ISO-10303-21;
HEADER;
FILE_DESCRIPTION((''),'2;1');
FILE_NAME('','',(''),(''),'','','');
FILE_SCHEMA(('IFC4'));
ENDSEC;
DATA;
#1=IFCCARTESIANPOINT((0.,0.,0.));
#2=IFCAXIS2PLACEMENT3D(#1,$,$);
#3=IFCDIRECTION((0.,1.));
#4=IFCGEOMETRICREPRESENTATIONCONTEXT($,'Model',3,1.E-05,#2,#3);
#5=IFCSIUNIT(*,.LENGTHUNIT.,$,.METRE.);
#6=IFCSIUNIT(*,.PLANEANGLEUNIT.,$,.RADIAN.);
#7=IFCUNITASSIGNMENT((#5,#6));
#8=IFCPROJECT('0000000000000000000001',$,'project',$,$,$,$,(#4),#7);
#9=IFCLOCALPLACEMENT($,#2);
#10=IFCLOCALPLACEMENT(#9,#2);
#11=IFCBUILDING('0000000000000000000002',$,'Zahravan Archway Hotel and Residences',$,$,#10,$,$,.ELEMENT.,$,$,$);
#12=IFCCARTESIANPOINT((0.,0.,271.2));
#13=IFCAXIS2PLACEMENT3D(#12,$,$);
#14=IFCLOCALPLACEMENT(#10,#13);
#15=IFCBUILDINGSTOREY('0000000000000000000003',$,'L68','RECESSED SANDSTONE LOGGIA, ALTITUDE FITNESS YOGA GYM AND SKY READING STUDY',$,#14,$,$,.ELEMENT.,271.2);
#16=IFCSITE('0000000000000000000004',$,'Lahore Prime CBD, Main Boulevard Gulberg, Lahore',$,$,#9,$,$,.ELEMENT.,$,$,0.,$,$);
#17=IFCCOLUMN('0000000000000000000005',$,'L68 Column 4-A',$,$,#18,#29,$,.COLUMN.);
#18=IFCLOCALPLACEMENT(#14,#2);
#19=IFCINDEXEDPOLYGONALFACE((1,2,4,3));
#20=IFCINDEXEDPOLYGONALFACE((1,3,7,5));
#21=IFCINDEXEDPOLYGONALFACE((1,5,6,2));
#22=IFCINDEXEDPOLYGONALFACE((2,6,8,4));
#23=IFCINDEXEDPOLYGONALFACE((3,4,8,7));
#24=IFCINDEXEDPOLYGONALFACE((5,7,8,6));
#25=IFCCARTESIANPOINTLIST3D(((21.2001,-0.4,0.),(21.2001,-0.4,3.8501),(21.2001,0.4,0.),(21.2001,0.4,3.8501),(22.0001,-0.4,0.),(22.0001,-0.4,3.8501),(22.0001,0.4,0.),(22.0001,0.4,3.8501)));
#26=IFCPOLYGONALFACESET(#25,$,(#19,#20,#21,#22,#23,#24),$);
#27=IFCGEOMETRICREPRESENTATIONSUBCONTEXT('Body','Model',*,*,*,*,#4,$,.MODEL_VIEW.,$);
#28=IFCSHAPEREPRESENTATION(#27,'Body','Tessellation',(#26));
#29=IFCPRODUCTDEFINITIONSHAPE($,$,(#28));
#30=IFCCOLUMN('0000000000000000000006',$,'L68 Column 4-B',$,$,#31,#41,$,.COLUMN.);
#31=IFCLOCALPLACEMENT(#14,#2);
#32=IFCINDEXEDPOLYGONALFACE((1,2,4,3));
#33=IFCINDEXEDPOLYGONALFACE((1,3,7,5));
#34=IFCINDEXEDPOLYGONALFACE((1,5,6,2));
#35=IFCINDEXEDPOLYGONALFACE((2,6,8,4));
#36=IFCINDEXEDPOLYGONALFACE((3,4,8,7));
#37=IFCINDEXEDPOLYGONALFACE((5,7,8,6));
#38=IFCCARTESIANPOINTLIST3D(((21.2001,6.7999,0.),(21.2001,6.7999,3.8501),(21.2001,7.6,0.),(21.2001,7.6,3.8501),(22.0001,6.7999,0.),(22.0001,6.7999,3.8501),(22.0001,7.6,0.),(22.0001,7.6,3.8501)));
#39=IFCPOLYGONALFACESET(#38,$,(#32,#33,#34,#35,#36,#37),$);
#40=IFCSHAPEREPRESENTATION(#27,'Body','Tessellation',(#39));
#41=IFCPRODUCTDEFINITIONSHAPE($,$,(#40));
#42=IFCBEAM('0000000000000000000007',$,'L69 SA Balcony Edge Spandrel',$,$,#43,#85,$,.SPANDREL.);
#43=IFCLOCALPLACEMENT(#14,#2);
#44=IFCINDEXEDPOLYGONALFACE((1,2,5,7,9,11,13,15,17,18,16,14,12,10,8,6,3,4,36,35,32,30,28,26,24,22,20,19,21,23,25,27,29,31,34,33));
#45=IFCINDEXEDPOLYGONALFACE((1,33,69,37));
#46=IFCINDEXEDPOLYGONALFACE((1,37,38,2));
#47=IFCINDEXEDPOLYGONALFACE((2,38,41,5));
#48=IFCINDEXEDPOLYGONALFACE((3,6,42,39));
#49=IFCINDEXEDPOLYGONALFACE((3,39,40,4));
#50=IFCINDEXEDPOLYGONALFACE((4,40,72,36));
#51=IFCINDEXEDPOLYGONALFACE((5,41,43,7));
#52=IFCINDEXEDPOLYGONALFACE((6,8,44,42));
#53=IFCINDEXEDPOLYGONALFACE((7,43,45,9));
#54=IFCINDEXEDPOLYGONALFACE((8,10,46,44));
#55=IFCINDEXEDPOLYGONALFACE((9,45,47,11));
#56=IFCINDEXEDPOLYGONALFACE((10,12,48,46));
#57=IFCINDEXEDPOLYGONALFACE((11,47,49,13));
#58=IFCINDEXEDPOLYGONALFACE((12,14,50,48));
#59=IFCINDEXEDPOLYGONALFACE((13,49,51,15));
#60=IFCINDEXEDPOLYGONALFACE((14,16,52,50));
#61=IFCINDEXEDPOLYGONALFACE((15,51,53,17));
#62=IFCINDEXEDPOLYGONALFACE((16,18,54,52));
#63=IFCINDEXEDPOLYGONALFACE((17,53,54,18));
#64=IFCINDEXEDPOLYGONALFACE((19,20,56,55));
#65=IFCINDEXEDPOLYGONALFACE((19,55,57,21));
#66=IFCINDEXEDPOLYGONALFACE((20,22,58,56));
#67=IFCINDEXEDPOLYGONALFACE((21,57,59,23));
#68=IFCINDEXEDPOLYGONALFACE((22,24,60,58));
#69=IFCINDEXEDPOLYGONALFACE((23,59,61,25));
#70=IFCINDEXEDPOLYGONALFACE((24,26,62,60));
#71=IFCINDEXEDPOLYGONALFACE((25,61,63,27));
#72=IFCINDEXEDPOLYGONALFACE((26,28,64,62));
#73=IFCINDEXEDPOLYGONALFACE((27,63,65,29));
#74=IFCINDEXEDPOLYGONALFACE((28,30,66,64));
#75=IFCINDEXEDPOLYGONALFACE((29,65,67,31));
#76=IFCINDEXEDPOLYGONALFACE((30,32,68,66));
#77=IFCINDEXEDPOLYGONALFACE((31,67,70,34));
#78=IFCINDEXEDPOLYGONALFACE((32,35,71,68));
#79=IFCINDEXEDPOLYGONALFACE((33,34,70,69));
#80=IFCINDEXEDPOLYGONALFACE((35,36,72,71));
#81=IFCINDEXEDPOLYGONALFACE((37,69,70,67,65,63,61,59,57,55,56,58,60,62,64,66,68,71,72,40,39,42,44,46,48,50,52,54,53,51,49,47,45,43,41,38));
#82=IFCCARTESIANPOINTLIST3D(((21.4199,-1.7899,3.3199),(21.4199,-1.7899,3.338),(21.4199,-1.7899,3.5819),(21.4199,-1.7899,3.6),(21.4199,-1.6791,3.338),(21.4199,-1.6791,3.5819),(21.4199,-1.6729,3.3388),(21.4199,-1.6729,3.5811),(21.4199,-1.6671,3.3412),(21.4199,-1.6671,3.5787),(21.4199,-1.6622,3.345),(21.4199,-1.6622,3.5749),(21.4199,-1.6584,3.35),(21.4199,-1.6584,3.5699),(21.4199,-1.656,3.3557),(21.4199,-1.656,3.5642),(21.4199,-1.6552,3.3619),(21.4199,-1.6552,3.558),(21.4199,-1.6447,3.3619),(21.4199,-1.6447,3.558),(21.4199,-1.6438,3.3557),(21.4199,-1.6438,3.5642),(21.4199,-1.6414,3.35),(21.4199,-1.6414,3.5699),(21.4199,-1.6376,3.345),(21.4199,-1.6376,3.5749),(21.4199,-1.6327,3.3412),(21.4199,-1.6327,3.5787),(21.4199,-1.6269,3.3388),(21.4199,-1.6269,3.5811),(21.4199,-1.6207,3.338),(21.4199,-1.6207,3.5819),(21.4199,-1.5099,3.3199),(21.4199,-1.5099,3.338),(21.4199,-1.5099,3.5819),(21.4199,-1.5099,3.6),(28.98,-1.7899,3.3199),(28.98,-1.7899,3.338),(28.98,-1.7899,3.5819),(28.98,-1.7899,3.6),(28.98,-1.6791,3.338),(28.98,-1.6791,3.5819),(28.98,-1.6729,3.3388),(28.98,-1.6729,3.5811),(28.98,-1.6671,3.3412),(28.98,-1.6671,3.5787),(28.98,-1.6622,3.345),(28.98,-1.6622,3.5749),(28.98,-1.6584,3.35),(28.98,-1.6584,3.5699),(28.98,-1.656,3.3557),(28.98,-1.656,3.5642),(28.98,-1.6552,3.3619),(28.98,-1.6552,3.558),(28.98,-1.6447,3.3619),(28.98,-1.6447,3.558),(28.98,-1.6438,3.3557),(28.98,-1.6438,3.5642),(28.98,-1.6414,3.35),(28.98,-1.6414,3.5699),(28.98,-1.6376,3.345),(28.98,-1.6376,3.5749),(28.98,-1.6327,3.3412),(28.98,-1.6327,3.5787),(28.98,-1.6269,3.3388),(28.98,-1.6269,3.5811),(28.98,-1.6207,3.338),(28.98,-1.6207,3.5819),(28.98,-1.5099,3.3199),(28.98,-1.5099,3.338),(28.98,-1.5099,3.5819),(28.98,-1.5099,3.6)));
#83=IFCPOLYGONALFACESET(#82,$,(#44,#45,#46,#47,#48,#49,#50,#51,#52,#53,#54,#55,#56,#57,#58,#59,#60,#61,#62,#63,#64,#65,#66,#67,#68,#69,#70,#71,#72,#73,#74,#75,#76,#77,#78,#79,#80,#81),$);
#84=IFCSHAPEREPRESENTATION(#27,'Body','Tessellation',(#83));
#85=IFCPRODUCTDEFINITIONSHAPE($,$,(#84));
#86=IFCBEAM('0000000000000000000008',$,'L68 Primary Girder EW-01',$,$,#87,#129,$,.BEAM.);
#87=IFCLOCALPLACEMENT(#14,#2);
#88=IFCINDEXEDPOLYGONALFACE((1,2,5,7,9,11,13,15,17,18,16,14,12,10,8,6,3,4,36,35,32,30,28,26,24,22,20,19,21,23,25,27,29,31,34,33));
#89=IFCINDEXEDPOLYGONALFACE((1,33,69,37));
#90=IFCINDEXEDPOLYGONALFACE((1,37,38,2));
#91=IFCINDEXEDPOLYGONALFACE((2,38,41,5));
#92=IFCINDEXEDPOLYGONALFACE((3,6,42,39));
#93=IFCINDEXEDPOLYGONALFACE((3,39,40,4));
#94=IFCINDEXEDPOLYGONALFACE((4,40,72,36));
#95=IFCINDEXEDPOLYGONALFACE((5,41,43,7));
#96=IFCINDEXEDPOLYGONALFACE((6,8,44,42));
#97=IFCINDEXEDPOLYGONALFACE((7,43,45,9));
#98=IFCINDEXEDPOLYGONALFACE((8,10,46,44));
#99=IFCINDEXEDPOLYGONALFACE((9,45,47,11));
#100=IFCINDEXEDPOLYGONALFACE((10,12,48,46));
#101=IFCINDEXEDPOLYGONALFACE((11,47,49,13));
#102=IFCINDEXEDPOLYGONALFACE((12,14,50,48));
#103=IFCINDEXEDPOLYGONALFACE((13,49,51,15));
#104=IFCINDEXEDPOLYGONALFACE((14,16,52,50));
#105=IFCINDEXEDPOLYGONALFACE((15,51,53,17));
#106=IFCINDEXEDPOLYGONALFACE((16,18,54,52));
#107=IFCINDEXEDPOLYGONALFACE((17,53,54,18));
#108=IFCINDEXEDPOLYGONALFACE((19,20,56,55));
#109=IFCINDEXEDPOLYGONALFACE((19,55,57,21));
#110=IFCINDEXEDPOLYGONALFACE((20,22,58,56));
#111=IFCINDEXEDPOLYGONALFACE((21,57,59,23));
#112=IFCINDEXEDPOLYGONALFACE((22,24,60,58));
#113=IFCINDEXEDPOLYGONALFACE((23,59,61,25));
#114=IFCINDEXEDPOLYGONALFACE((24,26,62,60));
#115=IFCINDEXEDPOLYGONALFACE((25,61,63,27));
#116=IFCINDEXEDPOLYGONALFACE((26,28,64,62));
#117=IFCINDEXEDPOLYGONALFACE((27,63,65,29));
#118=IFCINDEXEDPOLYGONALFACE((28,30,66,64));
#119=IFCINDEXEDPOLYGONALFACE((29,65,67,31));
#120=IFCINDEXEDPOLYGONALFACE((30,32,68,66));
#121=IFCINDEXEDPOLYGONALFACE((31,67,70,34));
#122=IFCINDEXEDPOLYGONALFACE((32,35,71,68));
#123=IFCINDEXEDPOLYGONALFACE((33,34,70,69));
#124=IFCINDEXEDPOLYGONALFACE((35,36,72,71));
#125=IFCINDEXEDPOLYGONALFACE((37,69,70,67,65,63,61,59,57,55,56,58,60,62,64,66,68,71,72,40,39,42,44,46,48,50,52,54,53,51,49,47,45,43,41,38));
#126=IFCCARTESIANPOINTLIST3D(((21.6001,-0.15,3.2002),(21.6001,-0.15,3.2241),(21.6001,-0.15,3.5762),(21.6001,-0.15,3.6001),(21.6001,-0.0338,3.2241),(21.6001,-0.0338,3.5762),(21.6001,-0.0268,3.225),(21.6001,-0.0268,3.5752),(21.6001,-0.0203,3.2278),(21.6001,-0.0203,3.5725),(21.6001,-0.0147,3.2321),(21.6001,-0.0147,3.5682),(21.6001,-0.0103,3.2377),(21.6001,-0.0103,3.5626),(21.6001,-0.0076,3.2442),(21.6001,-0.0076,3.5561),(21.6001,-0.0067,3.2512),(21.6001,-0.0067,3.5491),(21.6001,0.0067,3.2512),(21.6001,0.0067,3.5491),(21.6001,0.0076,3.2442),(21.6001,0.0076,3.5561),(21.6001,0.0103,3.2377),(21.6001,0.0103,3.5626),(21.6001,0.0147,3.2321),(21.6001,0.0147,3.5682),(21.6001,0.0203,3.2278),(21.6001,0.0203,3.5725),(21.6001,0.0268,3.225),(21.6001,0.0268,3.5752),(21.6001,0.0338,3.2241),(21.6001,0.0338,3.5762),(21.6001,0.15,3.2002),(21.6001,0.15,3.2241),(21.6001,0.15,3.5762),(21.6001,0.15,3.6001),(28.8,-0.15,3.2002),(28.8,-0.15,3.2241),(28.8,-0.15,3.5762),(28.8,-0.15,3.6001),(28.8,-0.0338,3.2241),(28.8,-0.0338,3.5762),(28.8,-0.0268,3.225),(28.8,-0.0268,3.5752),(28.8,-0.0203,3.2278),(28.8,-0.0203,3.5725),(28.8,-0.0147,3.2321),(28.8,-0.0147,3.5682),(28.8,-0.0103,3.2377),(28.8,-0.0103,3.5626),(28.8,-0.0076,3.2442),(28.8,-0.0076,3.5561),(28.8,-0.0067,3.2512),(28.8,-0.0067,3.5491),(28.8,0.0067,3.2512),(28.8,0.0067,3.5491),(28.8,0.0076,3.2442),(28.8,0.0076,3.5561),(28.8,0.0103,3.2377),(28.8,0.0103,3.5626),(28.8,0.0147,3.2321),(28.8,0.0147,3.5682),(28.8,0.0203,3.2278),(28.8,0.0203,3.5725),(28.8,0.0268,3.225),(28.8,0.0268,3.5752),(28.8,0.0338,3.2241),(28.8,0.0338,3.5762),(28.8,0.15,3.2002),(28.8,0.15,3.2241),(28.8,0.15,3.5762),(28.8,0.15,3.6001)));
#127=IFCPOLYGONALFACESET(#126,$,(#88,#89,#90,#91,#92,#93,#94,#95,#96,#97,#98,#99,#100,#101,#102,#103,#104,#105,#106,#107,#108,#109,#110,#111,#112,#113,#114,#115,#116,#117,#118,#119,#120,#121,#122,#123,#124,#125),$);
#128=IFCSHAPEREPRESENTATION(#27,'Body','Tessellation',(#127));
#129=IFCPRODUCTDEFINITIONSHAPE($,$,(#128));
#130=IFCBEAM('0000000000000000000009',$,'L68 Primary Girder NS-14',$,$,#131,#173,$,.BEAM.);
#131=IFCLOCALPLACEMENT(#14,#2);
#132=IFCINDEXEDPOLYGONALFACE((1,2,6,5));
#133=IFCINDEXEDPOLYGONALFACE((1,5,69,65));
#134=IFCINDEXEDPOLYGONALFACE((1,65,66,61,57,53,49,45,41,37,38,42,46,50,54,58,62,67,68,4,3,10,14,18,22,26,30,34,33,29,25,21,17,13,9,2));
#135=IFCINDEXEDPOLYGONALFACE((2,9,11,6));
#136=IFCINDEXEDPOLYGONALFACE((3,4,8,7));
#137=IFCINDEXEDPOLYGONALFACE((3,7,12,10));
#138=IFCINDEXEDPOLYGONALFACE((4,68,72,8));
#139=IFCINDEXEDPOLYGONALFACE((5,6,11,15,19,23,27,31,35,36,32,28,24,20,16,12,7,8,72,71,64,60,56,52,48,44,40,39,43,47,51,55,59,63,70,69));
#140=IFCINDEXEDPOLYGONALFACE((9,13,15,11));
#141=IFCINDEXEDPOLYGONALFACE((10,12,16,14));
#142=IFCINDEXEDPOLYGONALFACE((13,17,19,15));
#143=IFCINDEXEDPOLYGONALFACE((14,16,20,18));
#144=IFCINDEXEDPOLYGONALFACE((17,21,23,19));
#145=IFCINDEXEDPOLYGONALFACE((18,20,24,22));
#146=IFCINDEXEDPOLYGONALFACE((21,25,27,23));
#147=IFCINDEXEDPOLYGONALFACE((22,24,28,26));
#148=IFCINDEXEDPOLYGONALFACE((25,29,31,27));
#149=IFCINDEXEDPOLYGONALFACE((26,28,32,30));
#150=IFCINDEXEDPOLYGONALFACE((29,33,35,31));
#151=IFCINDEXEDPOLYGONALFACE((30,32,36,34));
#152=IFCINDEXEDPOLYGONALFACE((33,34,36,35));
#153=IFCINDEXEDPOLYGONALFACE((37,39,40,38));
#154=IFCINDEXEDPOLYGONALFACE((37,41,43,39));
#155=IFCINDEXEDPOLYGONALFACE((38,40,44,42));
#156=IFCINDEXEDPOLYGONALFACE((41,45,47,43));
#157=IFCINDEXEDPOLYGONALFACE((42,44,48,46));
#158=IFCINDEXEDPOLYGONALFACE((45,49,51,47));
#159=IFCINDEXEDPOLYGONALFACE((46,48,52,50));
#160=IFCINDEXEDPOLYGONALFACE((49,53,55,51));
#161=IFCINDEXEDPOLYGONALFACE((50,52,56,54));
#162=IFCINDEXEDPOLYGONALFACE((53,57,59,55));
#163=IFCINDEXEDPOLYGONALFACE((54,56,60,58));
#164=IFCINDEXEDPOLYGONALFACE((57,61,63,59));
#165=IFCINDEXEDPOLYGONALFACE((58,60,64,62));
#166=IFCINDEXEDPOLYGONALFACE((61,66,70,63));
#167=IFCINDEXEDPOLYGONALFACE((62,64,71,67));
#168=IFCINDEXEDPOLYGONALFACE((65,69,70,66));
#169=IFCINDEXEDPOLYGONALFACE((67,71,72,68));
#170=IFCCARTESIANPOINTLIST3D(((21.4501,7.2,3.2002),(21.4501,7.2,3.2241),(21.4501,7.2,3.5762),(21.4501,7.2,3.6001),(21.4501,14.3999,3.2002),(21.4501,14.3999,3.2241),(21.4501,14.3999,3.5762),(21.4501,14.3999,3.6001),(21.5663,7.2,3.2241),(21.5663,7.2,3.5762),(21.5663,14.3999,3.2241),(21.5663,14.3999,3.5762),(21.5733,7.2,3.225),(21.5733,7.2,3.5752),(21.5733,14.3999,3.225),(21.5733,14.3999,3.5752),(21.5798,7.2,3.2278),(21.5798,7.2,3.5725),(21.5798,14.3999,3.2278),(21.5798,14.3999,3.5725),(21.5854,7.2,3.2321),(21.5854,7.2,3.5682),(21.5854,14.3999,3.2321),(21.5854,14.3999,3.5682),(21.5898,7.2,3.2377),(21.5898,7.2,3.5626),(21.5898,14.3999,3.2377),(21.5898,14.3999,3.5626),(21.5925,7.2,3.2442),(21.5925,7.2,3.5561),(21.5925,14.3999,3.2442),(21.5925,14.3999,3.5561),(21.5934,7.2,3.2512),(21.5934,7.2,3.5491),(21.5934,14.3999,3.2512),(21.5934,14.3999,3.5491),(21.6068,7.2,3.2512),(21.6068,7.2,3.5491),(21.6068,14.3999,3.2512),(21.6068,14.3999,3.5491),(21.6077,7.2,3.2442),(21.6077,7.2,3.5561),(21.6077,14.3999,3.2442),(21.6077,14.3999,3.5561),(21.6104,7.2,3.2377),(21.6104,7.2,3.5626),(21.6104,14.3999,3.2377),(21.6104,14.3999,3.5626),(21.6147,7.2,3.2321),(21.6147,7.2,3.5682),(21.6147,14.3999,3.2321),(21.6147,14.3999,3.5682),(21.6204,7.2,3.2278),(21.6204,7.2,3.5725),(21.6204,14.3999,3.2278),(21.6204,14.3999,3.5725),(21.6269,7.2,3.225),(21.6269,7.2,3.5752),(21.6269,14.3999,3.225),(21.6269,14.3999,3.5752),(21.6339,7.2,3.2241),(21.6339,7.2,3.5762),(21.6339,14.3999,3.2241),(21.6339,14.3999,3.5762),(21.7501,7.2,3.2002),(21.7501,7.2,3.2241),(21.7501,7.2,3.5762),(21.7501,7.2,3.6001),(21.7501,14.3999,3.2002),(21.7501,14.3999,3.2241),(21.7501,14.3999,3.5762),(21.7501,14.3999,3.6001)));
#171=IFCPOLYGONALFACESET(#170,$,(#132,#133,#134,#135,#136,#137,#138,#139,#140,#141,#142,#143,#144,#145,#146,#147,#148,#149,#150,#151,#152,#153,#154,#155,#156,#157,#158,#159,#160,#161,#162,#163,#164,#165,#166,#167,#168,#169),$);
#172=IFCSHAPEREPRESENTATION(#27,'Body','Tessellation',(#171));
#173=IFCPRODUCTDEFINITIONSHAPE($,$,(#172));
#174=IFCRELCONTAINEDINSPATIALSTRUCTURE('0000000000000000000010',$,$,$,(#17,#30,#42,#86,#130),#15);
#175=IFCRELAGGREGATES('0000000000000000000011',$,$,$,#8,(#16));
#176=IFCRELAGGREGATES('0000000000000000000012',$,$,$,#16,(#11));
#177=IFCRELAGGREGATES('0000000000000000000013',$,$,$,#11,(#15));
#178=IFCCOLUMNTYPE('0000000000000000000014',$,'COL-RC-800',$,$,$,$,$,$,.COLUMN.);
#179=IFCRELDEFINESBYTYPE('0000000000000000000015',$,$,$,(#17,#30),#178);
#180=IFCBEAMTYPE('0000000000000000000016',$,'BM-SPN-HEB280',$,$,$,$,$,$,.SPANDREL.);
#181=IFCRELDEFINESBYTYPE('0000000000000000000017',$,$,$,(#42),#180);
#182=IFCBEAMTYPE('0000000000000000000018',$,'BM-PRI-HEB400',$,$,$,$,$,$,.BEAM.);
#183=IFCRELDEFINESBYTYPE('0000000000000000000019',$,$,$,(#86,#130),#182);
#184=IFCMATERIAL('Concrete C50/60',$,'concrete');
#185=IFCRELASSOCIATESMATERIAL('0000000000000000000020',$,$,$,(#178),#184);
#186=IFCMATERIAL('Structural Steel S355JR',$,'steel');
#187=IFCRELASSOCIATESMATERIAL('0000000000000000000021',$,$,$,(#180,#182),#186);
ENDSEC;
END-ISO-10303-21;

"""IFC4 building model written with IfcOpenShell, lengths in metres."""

from ifc_helpers import new_model, si_unit, direction, frame, origin, origin_2d, place, context, subcontext, project, spatial, rectangle, i_section, extrude, source, transform, mapped, material, material_profile, profile_set, type_object, type_shapes, element, save


model = new_model("IFC4")

# Units and contexts
model_context = context("Model", 3, precision=1e-05, world=origin(), true_north=direction((0.0, 1.0)))
body_context = subcontext(model_context, "Body", "Model", "MODEL_VIEW")
ifc_project = project(units=[si_unit("LENGTHUNIT", "METRE"), si_unit("PLANEANGLEUNIT", "RADIAN")], contexts=[model_context])

# Site, building, storey
site_placement = place(None, origin())
site = spatial("IfcSite", under=ifc_project, at=site_placement, Name="Lahore Prime CBD, Main Boulevard Gulberg, Lahore", CompositionType="ELEMENT", RefElevation=0.0)
building_placement = place(site_placement, origin())
building = spatial("IfcBuilding", under=site, at=building_placement, Name="Zahravan Archway Hotel and Residences", CompositionType="ELEMENT")
storey_placement = place(building_placement, frame((0.0, 0.0, 271.2)))
storey = spatial("IfcBuildingStorey", under=building, at=storey_placement, Name="L68", Description="RECESSED SANDSTONE LOGGIA, ALTITUDE FITNESS YOGA GYM AND SKY READING STUDY", CompositionType="ELEMENT", Elevation=271.2)

# Columns
ifc_material_1 = material(Name="Concrete C50/60", Category="concrete")
ifc_material_profile_1 = material_profile(ifc_material_1, rectangle(XDim=0.8, YDim=0.8, at=origin_2d()), Name="RC-COL-800x800", Category="concrete")
ifc_profile_set_1 = profile_set([ifc_material_profile_1], Name="Concrete C50/60")
column_type = type_object("IfcColumnType", Name="COL-RC-800", PredefinedType="COLUMN", material=ifc_profile_set_1)
shared_shape_1 = source(origin(), body_context, "Body", "SweptSolid", [
    extrude(rectangle(XDim=0.8, YDim=0.8, at=origin_2d()), origin(), (0.0, 0.0, 1.0), 3.8501),
])
for number, where, z_axis, x_axis, name in (
    (1, (21.6001, 0.0, 0.0), (0.0, 0.0, 1.0), (1.0, 0.0, 0.0), "L68 Column 4-A"),
    (2, (21.6001, 7.2, 0.0), (0.0, 0.0, 1.0), (1.0, 0.0, 0.0), "L68 Column 4-B"),
):
    element("IfcColumn", number, at=place(storey_placement, frame(where, z_axis=z_axis, x_axis=x_axis)), inside=storey, type_object=column_type, Name=name, PredefinedType="COLUMN", context=body_context, shape_type="MappedRepresentation", body=[
        mapped(shared_shape_1, transform((0.0, 0.0, 0.0), scale=1.0)),
    ])

# Beams
ifc_material_2 = material(Name="Structural Steel S355JR", Category="steel")
ifc_material_profile_2 = material_profile(ifc_material_2, i_section(OverallWidth=0.28, OverallDepth=0.28, WebThickness=0.0105, FlangeThickness=0.0181, FilletRadius=0.0239, at=origin_2d()), Name="HEB 280", Category="steel")
ifc_profile_set_2 = profile_set([ifc_material_profile_2], Name="Structural Steel S355JR")
beam_type_1 = type_object("IfcBeamType", Name="BM-SPN-HEB280", PredefinedType="SPANDREL", material=ifc_profile_set_2)
shared_shape_2 = source(origin(), body_context, "Body", "SweptSolid", [
    extrude(i_section(OverallWidth=0.28, OverallDepth=0.28, WebThickness=0.0105, FlangeThickness=0.0181, FilletRadius=0.0239, at=origin_2d()), origin(), (0.0, 0.0, 1.0), 7.5601),
])
type_shapes(beam_type_1, [shared_shape_2])
beam_1_placement = place(storey_placement, frame((21.4199, -1.6499, 3.46), z_axis=(1.0, 0.0, 0.0), x_axis=(0.0, 1.0, 0.0)))
element("IfcBeam", 3, at=beam_1_placement, inside=storey, type_object=beam_type_1, Name="L69 SA Balcony Edge Spandrel", PredefinedType="SPANDREL", context=body_context, shape_type="MappedRepresentation", body=[
    mapped(shared_shape_2, transform((0.0, 0.0, 0.0), scale=1.0)),
])
ifc_material_profile_3 = material_profile(ifc_material_2, i_section(OverallWidth=0.3, OverallDepth=0.3999, WebThickness=0.0134, FlangeThickness=0.0239, FilletRadius=0.0271, at=origin_2d()), Name="HEB 400", Category="steel")
ifc_profile_set_3 = profile_set([ifc_material_profile_3], Name="Structural Steel S355JR")
beam_type_2 = type_object("IfcBeamType", Name="BM-PRI-HEB400", PredefinedType="BEAM", material=ifc_profile_set_3)
shared_shape_3 = source(origin(), body_context, "Body", "SweptSolid", [
    extrude(i_section(OverallWidth=0.3, OverallDepth=0.3999, WebThickness=0.0134, FlangeThickness=0.0239, FilletRadius=0.0271, at=origin_2d()), origin(), (0.0, 0.0, 1.0), 7.2),
])
type_shapes(beam_type_2, [shared_shape_3])
for number, where, z_axis, x_axis, name in (
    (4, (21.6001, 0.0, 3.4001), (1.0, 0.0, 0.0), (0.0, 1.0, 0.0), "L68 Primary Girder EW-01"),
    (5, (21.6001, 7.2, 3.4001), (0.0, 1.0, 0.0), (-1.0, 0.0, 0.0), "L68 Primary Girder NS-14"),
):
    element("IfcBeam", number, at=place(storey_placement, frame(where, z_axis=z_axis, x_axis=x_axis)), inside=storey, type_object=beam_type_2, Name=name, PredefinedType="BEAM", context=body_context, shape_type="MappedRepresentation", body=[
        mapped(shared_shape_3, transform((0.0, 0.0, 0.0), scale=1.0)),
    ])

save(model, "model.ifc")
